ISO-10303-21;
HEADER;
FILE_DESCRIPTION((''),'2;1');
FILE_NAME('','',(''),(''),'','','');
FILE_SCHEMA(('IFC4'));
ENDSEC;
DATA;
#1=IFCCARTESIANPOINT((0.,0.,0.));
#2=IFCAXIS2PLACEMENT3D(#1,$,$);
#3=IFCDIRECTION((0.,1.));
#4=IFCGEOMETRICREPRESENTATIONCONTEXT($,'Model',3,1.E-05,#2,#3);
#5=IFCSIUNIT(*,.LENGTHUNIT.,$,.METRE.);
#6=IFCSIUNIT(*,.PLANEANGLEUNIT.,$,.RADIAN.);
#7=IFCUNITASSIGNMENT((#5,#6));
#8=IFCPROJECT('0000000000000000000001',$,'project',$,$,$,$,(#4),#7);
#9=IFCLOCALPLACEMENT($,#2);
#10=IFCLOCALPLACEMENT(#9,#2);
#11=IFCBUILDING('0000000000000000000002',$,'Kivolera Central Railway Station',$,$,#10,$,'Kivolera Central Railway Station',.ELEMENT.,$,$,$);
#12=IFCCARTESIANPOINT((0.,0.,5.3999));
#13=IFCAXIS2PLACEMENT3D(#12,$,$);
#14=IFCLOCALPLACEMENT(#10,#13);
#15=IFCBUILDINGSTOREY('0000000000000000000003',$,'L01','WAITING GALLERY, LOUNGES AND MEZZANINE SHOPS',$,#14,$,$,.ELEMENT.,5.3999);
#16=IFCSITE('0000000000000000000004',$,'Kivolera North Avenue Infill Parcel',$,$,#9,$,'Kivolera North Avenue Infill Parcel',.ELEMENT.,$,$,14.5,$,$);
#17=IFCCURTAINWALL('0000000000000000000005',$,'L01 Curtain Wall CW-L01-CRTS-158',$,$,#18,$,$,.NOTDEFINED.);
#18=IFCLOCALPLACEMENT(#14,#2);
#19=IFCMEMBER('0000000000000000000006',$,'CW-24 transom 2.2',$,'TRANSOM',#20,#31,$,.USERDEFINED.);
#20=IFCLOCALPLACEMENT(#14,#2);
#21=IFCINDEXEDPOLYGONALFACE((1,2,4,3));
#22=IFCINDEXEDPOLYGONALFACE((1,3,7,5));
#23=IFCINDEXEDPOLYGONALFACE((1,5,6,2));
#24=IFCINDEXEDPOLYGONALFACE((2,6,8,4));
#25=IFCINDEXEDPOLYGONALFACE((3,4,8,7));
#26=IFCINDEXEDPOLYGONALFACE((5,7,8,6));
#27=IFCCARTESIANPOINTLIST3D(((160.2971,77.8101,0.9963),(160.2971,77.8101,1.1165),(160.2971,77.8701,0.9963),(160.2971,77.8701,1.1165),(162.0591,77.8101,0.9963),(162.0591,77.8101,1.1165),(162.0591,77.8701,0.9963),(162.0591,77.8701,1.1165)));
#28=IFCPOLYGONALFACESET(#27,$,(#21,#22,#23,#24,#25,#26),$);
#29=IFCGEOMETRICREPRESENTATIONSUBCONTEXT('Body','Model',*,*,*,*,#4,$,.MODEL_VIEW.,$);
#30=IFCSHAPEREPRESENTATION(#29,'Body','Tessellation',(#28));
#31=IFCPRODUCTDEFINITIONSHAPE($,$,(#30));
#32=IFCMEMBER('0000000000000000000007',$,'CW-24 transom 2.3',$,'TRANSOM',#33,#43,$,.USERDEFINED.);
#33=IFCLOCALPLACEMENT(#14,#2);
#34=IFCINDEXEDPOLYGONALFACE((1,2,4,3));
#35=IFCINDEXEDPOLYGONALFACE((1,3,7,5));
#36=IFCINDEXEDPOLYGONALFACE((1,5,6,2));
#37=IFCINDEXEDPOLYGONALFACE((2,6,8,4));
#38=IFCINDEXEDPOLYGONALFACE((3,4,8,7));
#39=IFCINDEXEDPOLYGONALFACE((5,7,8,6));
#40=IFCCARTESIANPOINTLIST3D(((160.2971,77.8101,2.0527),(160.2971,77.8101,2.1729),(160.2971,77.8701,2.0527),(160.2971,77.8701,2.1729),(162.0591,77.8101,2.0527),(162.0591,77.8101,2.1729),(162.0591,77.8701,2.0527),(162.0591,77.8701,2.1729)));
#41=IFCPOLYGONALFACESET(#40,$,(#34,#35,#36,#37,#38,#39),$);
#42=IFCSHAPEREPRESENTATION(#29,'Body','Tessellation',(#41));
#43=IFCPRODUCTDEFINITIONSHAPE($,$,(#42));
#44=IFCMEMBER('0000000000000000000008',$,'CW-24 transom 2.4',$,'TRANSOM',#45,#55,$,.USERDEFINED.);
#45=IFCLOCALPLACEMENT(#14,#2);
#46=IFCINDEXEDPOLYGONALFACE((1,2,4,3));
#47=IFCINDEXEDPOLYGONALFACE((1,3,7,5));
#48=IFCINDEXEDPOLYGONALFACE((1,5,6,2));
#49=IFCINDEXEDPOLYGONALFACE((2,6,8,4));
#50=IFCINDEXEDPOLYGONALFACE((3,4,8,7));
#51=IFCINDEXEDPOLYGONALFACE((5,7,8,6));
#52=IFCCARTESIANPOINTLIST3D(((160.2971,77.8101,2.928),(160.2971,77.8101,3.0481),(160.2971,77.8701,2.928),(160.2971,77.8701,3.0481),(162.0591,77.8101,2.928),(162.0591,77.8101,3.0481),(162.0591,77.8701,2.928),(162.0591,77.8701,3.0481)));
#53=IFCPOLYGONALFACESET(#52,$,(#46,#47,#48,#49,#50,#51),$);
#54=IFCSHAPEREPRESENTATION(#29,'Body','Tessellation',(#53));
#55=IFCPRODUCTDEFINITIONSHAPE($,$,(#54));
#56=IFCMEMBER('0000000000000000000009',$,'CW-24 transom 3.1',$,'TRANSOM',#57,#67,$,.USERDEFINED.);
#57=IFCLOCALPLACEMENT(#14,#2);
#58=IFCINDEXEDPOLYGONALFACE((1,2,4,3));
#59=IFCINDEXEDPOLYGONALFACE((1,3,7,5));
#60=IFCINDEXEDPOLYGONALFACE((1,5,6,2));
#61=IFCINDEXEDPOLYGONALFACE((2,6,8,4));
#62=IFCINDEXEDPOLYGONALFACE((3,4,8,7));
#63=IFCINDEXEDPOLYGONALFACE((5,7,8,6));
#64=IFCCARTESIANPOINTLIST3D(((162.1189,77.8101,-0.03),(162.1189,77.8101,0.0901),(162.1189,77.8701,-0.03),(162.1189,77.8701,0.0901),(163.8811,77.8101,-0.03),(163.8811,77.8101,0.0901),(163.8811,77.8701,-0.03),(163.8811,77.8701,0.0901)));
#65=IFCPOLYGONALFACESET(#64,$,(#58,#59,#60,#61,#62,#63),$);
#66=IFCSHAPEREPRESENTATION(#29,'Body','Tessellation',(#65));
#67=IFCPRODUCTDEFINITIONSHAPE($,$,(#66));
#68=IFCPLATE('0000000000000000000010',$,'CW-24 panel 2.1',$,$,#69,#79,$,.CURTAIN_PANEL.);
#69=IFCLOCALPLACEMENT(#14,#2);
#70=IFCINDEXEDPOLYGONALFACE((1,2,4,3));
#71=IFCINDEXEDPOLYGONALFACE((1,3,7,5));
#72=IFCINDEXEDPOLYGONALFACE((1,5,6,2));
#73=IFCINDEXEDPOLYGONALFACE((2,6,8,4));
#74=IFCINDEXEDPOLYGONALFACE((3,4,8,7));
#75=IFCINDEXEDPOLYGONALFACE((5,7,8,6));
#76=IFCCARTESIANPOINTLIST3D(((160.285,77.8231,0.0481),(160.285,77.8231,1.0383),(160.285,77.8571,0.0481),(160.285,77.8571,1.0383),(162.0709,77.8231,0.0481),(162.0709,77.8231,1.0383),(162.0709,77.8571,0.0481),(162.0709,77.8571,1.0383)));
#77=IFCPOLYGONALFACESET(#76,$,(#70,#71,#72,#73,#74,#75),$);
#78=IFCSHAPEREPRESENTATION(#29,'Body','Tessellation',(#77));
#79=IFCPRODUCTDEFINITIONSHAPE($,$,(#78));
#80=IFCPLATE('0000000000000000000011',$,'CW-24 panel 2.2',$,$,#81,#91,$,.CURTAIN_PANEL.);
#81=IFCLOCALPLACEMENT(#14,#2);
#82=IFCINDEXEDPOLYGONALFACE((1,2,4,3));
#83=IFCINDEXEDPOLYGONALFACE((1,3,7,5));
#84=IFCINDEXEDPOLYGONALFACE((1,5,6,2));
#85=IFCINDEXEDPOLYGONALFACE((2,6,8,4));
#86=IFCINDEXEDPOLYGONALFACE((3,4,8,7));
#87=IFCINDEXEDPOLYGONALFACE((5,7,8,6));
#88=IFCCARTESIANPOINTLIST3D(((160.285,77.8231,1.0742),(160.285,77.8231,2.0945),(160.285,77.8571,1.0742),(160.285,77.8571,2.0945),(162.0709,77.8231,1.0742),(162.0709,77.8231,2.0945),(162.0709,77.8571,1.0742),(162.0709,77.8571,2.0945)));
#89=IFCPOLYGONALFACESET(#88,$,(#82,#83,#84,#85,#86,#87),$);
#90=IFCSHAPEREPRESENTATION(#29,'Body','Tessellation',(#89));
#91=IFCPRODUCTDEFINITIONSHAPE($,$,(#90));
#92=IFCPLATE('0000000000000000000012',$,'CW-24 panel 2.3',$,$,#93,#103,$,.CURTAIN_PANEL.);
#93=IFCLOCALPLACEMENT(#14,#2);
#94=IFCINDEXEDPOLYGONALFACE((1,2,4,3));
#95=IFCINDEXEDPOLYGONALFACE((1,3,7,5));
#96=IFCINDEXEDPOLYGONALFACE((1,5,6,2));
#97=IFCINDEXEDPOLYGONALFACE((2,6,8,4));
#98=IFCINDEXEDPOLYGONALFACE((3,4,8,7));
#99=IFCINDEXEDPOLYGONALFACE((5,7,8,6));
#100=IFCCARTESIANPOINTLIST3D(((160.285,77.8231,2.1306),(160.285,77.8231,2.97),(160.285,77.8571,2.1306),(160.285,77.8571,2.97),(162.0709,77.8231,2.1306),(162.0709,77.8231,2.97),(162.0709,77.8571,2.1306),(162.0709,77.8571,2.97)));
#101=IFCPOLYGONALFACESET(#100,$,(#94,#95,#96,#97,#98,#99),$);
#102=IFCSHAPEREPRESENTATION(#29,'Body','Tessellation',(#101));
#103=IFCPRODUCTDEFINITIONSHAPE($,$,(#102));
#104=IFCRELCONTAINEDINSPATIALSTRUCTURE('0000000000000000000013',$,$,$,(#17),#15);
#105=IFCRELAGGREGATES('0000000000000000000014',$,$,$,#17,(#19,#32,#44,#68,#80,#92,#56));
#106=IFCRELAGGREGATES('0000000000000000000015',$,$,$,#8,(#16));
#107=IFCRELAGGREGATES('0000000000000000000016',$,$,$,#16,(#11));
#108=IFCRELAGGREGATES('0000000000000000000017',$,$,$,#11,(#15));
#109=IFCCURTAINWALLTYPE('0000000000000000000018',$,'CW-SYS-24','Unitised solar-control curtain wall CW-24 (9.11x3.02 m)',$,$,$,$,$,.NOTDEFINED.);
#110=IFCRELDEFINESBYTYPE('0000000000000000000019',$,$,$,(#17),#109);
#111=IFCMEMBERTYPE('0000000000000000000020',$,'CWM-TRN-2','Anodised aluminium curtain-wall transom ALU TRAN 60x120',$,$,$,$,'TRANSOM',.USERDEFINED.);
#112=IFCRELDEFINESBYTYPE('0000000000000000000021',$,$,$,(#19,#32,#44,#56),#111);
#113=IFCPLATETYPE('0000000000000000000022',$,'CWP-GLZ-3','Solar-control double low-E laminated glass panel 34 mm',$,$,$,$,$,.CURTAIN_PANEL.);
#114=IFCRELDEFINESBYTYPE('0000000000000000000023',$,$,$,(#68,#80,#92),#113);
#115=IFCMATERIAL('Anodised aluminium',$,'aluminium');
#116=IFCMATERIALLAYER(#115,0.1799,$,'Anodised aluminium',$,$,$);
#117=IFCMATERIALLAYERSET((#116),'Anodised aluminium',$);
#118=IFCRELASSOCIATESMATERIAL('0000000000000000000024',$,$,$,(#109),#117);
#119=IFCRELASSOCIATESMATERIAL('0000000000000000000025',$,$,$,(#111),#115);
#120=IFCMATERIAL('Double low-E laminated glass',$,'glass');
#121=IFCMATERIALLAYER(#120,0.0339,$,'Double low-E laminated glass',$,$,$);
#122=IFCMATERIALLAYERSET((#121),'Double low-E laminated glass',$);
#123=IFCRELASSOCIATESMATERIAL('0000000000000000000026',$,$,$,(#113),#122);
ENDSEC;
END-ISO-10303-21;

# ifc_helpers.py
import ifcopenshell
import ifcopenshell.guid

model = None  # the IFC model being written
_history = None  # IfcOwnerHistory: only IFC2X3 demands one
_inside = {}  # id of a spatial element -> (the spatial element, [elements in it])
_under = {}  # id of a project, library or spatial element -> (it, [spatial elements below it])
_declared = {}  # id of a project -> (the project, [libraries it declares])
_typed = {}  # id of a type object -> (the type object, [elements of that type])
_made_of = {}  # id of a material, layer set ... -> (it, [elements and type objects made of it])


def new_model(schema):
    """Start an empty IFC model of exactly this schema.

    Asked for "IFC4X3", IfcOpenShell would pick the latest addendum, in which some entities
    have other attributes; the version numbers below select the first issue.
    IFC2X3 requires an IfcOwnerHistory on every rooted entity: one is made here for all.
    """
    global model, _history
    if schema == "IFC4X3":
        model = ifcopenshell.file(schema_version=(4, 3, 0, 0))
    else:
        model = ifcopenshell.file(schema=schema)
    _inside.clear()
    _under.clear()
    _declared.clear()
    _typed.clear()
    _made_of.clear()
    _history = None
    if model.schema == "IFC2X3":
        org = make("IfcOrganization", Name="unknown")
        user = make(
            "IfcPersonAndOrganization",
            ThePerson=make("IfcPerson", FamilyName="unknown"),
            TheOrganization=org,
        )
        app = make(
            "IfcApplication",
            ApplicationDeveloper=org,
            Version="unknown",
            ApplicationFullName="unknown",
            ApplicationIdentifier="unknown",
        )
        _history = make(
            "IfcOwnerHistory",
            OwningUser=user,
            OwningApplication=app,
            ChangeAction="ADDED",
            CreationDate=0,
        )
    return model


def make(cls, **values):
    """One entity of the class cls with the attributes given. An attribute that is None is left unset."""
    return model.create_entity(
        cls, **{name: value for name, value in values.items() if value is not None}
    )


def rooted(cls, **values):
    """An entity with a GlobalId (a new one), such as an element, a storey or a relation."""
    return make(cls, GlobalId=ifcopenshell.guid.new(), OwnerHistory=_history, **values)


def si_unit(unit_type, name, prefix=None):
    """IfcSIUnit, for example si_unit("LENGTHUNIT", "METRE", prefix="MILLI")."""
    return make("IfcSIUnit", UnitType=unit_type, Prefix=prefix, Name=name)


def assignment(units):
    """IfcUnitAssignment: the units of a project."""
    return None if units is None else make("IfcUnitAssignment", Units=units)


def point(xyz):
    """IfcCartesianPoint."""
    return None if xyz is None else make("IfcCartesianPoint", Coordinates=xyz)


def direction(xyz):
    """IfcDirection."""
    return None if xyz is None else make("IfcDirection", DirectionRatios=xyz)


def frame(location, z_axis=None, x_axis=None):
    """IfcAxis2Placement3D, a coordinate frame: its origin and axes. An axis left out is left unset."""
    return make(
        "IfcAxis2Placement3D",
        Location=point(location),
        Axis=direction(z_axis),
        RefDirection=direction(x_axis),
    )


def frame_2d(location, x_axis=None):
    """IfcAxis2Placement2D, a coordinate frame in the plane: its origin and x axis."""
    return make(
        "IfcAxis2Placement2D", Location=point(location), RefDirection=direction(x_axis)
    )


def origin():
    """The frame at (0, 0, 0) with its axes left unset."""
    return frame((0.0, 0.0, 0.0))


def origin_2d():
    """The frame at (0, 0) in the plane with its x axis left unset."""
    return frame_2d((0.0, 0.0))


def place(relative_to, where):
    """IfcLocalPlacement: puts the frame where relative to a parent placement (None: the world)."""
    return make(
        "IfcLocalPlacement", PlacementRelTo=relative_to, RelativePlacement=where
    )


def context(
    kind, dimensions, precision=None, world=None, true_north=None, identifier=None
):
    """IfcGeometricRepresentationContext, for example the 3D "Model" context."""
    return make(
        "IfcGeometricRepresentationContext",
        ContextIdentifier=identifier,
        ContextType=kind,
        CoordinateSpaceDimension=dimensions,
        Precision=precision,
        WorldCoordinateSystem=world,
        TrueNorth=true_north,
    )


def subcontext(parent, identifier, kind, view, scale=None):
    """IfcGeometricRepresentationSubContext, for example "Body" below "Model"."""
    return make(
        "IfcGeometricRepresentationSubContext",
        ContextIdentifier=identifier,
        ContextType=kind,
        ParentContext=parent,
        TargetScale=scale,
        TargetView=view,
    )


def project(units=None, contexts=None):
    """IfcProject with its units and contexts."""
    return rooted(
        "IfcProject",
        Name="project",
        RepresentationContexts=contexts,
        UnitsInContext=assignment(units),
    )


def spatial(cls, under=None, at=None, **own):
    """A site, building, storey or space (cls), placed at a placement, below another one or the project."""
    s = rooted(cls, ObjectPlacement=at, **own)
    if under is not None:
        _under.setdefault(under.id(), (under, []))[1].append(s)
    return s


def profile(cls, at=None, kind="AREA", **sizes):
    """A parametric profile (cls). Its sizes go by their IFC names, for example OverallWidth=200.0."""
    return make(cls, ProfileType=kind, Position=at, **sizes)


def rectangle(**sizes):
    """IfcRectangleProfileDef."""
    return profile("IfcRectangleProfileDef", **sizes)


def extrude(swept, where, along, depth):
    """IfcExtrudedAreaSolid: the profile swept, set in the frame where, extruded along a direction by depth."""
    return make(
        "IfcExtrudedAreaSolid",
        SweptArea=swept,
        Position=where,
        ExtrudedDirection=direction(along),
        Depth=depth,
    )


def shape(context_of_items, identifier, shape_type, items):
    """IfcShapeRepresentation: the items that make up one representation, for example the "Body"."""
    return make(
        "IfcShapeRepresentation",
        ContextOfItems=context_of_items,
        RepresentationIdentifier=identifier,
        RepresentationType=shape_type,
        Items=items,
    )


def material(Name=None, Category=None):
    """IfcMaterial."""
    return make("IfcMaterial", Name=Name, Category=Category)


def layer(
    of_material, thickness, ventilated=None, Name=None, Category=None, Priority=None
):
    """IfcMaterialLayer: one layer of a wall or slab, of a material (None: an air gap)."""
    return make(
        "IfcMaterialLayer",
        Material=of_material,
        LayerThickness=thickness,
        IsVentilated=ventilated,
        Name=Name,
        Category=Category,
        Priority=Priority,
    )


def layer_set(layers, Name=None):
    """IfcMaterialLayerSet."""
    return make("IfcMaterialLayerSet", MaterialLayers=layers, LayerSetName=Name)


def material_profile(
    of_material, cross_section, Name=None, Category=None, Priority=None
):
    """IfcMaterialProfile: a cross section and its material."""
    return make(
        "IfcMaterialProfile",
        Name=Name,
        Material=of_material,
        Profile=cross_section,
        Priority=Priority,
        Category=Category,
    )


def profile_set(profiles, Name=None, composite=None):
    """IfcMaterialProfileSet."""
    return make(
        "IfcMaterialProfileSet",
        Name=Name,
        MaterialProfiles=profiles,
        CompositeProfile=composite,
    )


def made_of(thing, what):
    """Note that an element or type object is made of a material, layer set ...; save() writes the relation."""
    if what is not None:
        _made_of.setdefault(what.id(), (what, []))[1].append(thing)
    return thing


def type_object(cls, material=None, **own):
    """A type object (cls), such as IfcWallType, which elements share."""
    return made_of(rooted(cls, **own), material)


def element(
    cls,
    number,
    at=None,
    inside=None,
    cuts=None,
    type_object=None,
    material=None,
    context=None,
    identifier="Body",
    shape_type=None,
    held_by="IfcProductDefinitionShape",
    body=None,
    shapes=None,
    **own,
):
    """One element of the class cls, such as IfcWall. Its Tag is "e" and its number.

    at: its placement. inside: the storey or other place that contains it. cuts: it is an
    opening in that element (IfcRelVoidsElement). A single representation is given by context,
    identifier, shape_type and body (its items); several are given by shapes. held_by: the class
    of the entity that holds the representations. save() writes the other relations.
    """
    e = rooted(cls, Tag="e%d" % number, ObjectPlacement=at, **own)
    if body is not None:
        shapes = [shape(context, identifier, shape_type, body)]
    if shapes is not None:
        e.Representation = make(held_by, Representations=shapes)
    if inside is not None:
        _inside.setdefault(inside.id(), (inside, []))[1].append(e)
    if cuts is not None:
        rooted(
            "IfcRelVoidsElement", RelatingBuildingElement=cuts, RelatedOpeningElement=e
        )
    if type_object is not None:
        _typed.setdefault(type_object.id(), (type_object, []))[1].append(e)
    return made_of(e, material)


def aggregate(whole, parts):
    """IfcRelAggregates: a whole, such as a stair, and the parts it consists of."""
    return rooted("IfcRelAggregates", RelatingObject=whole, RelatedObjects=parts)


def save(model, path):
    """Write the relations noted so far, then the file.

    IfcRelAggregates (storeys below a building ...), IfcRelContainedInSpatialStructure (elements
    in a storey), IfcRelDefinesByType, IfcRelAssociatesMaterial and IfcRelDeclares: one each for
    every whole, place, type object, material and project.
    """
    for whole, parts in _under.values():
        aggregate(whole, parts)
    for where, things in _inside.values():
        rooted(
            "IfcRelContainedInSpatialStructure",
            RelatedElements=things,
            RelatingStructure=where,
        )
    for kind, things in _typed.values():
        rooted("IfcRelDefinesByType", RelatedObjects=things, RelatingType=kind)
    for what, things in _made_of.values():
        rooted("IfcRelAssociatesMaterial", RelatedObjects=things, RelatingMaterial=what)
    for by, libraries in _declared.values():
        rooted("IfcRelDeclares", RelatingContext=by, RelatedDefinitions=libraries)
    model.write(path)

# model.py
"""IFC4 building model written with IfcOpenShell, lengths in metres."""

from ifc_helpers import new_model, si_unit, direction, frame, origin, origin_2d, place, context, subcontext, project, spatial, rectangle, extrude, material, layer, layer_set, material_profile, profile_set, type_object, element, aggregate, save


model = new_model("IFC4")

# Units and contexts
model_context = context("Model", 3, precision=1e-05, world=origin(), true_north=direction((0.0, 1.0)))
body_context = subcontext(model_context, "Body", "Model", "MODEL_VIEW")
ifc_project = project(units=[si_unit("LENGTHUNIT", "METRE"), si_unit("PLANEANGLEUNIT", "RADIAN")], contexts=[model_context])

# Site, building, storey
site_placement = place(None, origin())
site = spatial("IfcSite", under=ifc_project, at=site_placement, Name="Kivolera North Avenue Infill Parcel", LongName="Kivolera North Avenue Infill Parcel", CompositionType="ELEMENT", RefElevation=14.5)
building_placement = place(site_placement, origin())
building = spatial("IfcBuilding", under=site, at=building_placement, Name="Kivolera Central Railway Station", LongName="Kivolera Central Railway Station", CompositionType="ELEMENT")
storey_placement = place(building_placement, frame((0.0, 0.0, 5.3999)))
storey = spatial("IfcBuildingStorey", under=building, at=storey_placement, Name="L01", Description="WAITING GALLERY, LOUNGES AND MEZZANINE SHOPS", CompositionType="ELEMENT", Elevation=5.3999)

# Curtain wall
ifc_material_1 = material(Name="Anodised aluminium", Category="aluminium")
ifc_layer_1 = layer(ifc_material_1, 0.1799, Name="Anodised aluminium")
ifc_layer_set_1 = layer_set([ifc_layer_1], Name="Anodised aluminium")
curtain_wall_type_1 = type_object("IfcCurtainWallType", Name="CW-SYS-24", Description="Unitised solar-control curtain wall CW-24 (9.11x3.02 m)", PredefinedType="NOTDEFINED", material=ifc_layer_set_1)
curtain_wall_1_placement = place(storey_placement, origin())
curtain_wall_1 = element("IfcCurtainWall", 1, at=curtain_wall_1_placement, inside=storey, type_object=curtain_wall_type_1, Name="L01 Curtain Wall CW-L01-CRTS-158", PredefinedType="NOTDEFINED")

# Members
ifc_material_profile_1 = material_profile(ifc_material_1, rectangle(XDim=0.0601, YDim=0.1201, at=origin_2d()), Name="ALU TRAN 60x120")
ifc_profile_set_1 = profile_set([ifc_material_profile_1], Name="Anodised aluminium")
member_type_1 = type_object("IfcMemberType", Name="CWM-TRN-2", Description="Anodised aluminium curtain-wall transom ALU TRAN 60x120", ElementType="TRANSOM", PredefinedType="USERDEFINED", material=ifc_profile_set_1)
member_1_placement = place(storey_placement, frame((160.2971, 77.8401, 1.0564), z_axis=(1.0, 0.0, 0.0), x_axis=(0.0, 1.0, 0.0)))
member_1 = element("IfcMember", 2, at=member_1_placement, type_object=member_type_1, Name="CW-24 transom 2.2", ObjectType="TRANSOM", PredefinedType="USERDEFINED", context=body_context, shape_type="SweptSolid", body=[
    extrude(rectangle(XDim=0.0601, YDim=0.1201, at=origin_2d()), origin(), (0.0, 0.0, 1.0), 1.762),
])
member_2_placement = place(storey_placement, frame((160.2971, 77.8401, 2.1128), z_axis=(1.0, 0.0, 0.0), x_axis=(0.0, 1.0, 0.0)))
member_2 = element("IfcMember", 3, at=member_2_placement, type_object=member_type_1, Name="CW-24 transom 2.3", ObjectType="TRANSOM", PredefinedType="USERDEFINED", context=body_context, shape_type="SweptSolid", body=[
    extrude(rectangle(XDim=0.0601, YDim=0.1201, at=origin_2d()), origin(), (0.0, 0.0, 1.0), 1.762),
])
member_3_placement = place(storey_placement, frame((160.2971, 77.8401, 2.988), z_axis=(1.0, 0.0, 0.0), x_axis=(0.0, 1.0, 0.0)))
member_3 = element("IfcMember", 4, at=member_3_placement, type_object=member_type_1, Name="CW-24 transom 2.4", ObjectType="TRANSOM", PredefinedType="USERDEFINED", context=body_context, shape_type="SweptSolid", body=[
    extrude(rectangle(XDim=0.0601, YDim=0.1201, at=origin_2d()), origin(), (0.0, 0.0, 1.0), 1.762),
])
member_4_placement = place(storey_placement, frame((162.1189, 77.8401, 0.03), z_axis=(1.0, 0.0, 0.0), x_axis=(0.0, 1.0, 0.0)))
member_4 = element("IfcMember", 5, at=member_4_placement, type_object=member_type_1, Name="CW-24 transom 3.1", ObjectType="TRANSOM", PredefinedType="USERDEFINED", context=body_context, shape_type="SweptSolid", body=[
    extrude(rectangle(XDim=0.0601, YDim=0.1201, at=origin_2d()), origin(), (0.0, 0.0, 1.0), 1.7622),
])

# Plates
ifc_material_2 = material(Name="Double low-E laminated glass", Category="glass")
ifc_layer_2 = layer(ifc_material_2, 0.0339, Name="Double low-E laminated glass")
ifc_layer_set_2 = layer_set([ifc_layer_2], Name="Double low-E laminated glass")
plate_type = type_object("IfcPlateType", Name="CWP-GLZ-3", Description="Solar-control double low-E laminated glass panel 34 mm", PredefinedType="CURTAIN_PANEL", material=ifc_layer_set_2)
plate_1_placement = place(storey_placement, frame((161.178, 77.8401, 0.0481), z_axis=(0.0, 0.0, 1.0), x_axis=(1.0, 0.0, 0.0)))
plate_1 = element("IfcPlate", 6, at=plate_1_placement, type_object=plate_type, Name="CW-24 panel 2.1", PredefinedType="CURTAIN_PANEL", context=body_context, shape_type="SweptSolid", body=[
    extrude(rectangle(XDim=1.7859, YDim=0.0339, at=origin_2d()), origin(), (0.0, 0.0, 1.0), 0.9902),
])
plate_2_placement = place(storey_placement, frame((161.178, 77.8401, 1.0742), z_axis=(0.0, 0.0, 1.0), x_axis=(1.0, 0.0, 0.0)))
plate_2 = element("IfcPlate", 7, at=plate_2_placement, type_object=plate_type, Name="CW-24 panel 2.2", PredefinedType="CURTAIN_PANEL", context=body_context, shape_type="SweptSolid", body=[
    extrude(rectangle(XDim=1.7859, YDim=0.0339, at=origin_2d()), origin(), (0.0, 0.0, 1.0), 1.0203),
])
plate_3_placement = place(storey_placement, frame((161.178, 77.8401, 2.1306), z_axis=(0.0, 0.0, 1.0), x_axis=(1.0, 0.0, 0.0)))
plate_3 = element("IfcPlate", 8, at=plate_3_placement, type_object=plate_type, Name="CW-24 panel 2.3", PredefinedType="CURTAIN_PANEL", context=body_context, shape_type="SweptSolid", body=[
    extrude(rectangle(XDim=1.7859, YDim=0.0339, at=origin_2d()), origin(), (0.0, 0.0, 1.0), 0.8394),
])
aggregate(curtain_wall_1, [member_1, member_2, member_3, plate_1, plate_2, plate_3, member_4])

save(model, "model.ifc")
